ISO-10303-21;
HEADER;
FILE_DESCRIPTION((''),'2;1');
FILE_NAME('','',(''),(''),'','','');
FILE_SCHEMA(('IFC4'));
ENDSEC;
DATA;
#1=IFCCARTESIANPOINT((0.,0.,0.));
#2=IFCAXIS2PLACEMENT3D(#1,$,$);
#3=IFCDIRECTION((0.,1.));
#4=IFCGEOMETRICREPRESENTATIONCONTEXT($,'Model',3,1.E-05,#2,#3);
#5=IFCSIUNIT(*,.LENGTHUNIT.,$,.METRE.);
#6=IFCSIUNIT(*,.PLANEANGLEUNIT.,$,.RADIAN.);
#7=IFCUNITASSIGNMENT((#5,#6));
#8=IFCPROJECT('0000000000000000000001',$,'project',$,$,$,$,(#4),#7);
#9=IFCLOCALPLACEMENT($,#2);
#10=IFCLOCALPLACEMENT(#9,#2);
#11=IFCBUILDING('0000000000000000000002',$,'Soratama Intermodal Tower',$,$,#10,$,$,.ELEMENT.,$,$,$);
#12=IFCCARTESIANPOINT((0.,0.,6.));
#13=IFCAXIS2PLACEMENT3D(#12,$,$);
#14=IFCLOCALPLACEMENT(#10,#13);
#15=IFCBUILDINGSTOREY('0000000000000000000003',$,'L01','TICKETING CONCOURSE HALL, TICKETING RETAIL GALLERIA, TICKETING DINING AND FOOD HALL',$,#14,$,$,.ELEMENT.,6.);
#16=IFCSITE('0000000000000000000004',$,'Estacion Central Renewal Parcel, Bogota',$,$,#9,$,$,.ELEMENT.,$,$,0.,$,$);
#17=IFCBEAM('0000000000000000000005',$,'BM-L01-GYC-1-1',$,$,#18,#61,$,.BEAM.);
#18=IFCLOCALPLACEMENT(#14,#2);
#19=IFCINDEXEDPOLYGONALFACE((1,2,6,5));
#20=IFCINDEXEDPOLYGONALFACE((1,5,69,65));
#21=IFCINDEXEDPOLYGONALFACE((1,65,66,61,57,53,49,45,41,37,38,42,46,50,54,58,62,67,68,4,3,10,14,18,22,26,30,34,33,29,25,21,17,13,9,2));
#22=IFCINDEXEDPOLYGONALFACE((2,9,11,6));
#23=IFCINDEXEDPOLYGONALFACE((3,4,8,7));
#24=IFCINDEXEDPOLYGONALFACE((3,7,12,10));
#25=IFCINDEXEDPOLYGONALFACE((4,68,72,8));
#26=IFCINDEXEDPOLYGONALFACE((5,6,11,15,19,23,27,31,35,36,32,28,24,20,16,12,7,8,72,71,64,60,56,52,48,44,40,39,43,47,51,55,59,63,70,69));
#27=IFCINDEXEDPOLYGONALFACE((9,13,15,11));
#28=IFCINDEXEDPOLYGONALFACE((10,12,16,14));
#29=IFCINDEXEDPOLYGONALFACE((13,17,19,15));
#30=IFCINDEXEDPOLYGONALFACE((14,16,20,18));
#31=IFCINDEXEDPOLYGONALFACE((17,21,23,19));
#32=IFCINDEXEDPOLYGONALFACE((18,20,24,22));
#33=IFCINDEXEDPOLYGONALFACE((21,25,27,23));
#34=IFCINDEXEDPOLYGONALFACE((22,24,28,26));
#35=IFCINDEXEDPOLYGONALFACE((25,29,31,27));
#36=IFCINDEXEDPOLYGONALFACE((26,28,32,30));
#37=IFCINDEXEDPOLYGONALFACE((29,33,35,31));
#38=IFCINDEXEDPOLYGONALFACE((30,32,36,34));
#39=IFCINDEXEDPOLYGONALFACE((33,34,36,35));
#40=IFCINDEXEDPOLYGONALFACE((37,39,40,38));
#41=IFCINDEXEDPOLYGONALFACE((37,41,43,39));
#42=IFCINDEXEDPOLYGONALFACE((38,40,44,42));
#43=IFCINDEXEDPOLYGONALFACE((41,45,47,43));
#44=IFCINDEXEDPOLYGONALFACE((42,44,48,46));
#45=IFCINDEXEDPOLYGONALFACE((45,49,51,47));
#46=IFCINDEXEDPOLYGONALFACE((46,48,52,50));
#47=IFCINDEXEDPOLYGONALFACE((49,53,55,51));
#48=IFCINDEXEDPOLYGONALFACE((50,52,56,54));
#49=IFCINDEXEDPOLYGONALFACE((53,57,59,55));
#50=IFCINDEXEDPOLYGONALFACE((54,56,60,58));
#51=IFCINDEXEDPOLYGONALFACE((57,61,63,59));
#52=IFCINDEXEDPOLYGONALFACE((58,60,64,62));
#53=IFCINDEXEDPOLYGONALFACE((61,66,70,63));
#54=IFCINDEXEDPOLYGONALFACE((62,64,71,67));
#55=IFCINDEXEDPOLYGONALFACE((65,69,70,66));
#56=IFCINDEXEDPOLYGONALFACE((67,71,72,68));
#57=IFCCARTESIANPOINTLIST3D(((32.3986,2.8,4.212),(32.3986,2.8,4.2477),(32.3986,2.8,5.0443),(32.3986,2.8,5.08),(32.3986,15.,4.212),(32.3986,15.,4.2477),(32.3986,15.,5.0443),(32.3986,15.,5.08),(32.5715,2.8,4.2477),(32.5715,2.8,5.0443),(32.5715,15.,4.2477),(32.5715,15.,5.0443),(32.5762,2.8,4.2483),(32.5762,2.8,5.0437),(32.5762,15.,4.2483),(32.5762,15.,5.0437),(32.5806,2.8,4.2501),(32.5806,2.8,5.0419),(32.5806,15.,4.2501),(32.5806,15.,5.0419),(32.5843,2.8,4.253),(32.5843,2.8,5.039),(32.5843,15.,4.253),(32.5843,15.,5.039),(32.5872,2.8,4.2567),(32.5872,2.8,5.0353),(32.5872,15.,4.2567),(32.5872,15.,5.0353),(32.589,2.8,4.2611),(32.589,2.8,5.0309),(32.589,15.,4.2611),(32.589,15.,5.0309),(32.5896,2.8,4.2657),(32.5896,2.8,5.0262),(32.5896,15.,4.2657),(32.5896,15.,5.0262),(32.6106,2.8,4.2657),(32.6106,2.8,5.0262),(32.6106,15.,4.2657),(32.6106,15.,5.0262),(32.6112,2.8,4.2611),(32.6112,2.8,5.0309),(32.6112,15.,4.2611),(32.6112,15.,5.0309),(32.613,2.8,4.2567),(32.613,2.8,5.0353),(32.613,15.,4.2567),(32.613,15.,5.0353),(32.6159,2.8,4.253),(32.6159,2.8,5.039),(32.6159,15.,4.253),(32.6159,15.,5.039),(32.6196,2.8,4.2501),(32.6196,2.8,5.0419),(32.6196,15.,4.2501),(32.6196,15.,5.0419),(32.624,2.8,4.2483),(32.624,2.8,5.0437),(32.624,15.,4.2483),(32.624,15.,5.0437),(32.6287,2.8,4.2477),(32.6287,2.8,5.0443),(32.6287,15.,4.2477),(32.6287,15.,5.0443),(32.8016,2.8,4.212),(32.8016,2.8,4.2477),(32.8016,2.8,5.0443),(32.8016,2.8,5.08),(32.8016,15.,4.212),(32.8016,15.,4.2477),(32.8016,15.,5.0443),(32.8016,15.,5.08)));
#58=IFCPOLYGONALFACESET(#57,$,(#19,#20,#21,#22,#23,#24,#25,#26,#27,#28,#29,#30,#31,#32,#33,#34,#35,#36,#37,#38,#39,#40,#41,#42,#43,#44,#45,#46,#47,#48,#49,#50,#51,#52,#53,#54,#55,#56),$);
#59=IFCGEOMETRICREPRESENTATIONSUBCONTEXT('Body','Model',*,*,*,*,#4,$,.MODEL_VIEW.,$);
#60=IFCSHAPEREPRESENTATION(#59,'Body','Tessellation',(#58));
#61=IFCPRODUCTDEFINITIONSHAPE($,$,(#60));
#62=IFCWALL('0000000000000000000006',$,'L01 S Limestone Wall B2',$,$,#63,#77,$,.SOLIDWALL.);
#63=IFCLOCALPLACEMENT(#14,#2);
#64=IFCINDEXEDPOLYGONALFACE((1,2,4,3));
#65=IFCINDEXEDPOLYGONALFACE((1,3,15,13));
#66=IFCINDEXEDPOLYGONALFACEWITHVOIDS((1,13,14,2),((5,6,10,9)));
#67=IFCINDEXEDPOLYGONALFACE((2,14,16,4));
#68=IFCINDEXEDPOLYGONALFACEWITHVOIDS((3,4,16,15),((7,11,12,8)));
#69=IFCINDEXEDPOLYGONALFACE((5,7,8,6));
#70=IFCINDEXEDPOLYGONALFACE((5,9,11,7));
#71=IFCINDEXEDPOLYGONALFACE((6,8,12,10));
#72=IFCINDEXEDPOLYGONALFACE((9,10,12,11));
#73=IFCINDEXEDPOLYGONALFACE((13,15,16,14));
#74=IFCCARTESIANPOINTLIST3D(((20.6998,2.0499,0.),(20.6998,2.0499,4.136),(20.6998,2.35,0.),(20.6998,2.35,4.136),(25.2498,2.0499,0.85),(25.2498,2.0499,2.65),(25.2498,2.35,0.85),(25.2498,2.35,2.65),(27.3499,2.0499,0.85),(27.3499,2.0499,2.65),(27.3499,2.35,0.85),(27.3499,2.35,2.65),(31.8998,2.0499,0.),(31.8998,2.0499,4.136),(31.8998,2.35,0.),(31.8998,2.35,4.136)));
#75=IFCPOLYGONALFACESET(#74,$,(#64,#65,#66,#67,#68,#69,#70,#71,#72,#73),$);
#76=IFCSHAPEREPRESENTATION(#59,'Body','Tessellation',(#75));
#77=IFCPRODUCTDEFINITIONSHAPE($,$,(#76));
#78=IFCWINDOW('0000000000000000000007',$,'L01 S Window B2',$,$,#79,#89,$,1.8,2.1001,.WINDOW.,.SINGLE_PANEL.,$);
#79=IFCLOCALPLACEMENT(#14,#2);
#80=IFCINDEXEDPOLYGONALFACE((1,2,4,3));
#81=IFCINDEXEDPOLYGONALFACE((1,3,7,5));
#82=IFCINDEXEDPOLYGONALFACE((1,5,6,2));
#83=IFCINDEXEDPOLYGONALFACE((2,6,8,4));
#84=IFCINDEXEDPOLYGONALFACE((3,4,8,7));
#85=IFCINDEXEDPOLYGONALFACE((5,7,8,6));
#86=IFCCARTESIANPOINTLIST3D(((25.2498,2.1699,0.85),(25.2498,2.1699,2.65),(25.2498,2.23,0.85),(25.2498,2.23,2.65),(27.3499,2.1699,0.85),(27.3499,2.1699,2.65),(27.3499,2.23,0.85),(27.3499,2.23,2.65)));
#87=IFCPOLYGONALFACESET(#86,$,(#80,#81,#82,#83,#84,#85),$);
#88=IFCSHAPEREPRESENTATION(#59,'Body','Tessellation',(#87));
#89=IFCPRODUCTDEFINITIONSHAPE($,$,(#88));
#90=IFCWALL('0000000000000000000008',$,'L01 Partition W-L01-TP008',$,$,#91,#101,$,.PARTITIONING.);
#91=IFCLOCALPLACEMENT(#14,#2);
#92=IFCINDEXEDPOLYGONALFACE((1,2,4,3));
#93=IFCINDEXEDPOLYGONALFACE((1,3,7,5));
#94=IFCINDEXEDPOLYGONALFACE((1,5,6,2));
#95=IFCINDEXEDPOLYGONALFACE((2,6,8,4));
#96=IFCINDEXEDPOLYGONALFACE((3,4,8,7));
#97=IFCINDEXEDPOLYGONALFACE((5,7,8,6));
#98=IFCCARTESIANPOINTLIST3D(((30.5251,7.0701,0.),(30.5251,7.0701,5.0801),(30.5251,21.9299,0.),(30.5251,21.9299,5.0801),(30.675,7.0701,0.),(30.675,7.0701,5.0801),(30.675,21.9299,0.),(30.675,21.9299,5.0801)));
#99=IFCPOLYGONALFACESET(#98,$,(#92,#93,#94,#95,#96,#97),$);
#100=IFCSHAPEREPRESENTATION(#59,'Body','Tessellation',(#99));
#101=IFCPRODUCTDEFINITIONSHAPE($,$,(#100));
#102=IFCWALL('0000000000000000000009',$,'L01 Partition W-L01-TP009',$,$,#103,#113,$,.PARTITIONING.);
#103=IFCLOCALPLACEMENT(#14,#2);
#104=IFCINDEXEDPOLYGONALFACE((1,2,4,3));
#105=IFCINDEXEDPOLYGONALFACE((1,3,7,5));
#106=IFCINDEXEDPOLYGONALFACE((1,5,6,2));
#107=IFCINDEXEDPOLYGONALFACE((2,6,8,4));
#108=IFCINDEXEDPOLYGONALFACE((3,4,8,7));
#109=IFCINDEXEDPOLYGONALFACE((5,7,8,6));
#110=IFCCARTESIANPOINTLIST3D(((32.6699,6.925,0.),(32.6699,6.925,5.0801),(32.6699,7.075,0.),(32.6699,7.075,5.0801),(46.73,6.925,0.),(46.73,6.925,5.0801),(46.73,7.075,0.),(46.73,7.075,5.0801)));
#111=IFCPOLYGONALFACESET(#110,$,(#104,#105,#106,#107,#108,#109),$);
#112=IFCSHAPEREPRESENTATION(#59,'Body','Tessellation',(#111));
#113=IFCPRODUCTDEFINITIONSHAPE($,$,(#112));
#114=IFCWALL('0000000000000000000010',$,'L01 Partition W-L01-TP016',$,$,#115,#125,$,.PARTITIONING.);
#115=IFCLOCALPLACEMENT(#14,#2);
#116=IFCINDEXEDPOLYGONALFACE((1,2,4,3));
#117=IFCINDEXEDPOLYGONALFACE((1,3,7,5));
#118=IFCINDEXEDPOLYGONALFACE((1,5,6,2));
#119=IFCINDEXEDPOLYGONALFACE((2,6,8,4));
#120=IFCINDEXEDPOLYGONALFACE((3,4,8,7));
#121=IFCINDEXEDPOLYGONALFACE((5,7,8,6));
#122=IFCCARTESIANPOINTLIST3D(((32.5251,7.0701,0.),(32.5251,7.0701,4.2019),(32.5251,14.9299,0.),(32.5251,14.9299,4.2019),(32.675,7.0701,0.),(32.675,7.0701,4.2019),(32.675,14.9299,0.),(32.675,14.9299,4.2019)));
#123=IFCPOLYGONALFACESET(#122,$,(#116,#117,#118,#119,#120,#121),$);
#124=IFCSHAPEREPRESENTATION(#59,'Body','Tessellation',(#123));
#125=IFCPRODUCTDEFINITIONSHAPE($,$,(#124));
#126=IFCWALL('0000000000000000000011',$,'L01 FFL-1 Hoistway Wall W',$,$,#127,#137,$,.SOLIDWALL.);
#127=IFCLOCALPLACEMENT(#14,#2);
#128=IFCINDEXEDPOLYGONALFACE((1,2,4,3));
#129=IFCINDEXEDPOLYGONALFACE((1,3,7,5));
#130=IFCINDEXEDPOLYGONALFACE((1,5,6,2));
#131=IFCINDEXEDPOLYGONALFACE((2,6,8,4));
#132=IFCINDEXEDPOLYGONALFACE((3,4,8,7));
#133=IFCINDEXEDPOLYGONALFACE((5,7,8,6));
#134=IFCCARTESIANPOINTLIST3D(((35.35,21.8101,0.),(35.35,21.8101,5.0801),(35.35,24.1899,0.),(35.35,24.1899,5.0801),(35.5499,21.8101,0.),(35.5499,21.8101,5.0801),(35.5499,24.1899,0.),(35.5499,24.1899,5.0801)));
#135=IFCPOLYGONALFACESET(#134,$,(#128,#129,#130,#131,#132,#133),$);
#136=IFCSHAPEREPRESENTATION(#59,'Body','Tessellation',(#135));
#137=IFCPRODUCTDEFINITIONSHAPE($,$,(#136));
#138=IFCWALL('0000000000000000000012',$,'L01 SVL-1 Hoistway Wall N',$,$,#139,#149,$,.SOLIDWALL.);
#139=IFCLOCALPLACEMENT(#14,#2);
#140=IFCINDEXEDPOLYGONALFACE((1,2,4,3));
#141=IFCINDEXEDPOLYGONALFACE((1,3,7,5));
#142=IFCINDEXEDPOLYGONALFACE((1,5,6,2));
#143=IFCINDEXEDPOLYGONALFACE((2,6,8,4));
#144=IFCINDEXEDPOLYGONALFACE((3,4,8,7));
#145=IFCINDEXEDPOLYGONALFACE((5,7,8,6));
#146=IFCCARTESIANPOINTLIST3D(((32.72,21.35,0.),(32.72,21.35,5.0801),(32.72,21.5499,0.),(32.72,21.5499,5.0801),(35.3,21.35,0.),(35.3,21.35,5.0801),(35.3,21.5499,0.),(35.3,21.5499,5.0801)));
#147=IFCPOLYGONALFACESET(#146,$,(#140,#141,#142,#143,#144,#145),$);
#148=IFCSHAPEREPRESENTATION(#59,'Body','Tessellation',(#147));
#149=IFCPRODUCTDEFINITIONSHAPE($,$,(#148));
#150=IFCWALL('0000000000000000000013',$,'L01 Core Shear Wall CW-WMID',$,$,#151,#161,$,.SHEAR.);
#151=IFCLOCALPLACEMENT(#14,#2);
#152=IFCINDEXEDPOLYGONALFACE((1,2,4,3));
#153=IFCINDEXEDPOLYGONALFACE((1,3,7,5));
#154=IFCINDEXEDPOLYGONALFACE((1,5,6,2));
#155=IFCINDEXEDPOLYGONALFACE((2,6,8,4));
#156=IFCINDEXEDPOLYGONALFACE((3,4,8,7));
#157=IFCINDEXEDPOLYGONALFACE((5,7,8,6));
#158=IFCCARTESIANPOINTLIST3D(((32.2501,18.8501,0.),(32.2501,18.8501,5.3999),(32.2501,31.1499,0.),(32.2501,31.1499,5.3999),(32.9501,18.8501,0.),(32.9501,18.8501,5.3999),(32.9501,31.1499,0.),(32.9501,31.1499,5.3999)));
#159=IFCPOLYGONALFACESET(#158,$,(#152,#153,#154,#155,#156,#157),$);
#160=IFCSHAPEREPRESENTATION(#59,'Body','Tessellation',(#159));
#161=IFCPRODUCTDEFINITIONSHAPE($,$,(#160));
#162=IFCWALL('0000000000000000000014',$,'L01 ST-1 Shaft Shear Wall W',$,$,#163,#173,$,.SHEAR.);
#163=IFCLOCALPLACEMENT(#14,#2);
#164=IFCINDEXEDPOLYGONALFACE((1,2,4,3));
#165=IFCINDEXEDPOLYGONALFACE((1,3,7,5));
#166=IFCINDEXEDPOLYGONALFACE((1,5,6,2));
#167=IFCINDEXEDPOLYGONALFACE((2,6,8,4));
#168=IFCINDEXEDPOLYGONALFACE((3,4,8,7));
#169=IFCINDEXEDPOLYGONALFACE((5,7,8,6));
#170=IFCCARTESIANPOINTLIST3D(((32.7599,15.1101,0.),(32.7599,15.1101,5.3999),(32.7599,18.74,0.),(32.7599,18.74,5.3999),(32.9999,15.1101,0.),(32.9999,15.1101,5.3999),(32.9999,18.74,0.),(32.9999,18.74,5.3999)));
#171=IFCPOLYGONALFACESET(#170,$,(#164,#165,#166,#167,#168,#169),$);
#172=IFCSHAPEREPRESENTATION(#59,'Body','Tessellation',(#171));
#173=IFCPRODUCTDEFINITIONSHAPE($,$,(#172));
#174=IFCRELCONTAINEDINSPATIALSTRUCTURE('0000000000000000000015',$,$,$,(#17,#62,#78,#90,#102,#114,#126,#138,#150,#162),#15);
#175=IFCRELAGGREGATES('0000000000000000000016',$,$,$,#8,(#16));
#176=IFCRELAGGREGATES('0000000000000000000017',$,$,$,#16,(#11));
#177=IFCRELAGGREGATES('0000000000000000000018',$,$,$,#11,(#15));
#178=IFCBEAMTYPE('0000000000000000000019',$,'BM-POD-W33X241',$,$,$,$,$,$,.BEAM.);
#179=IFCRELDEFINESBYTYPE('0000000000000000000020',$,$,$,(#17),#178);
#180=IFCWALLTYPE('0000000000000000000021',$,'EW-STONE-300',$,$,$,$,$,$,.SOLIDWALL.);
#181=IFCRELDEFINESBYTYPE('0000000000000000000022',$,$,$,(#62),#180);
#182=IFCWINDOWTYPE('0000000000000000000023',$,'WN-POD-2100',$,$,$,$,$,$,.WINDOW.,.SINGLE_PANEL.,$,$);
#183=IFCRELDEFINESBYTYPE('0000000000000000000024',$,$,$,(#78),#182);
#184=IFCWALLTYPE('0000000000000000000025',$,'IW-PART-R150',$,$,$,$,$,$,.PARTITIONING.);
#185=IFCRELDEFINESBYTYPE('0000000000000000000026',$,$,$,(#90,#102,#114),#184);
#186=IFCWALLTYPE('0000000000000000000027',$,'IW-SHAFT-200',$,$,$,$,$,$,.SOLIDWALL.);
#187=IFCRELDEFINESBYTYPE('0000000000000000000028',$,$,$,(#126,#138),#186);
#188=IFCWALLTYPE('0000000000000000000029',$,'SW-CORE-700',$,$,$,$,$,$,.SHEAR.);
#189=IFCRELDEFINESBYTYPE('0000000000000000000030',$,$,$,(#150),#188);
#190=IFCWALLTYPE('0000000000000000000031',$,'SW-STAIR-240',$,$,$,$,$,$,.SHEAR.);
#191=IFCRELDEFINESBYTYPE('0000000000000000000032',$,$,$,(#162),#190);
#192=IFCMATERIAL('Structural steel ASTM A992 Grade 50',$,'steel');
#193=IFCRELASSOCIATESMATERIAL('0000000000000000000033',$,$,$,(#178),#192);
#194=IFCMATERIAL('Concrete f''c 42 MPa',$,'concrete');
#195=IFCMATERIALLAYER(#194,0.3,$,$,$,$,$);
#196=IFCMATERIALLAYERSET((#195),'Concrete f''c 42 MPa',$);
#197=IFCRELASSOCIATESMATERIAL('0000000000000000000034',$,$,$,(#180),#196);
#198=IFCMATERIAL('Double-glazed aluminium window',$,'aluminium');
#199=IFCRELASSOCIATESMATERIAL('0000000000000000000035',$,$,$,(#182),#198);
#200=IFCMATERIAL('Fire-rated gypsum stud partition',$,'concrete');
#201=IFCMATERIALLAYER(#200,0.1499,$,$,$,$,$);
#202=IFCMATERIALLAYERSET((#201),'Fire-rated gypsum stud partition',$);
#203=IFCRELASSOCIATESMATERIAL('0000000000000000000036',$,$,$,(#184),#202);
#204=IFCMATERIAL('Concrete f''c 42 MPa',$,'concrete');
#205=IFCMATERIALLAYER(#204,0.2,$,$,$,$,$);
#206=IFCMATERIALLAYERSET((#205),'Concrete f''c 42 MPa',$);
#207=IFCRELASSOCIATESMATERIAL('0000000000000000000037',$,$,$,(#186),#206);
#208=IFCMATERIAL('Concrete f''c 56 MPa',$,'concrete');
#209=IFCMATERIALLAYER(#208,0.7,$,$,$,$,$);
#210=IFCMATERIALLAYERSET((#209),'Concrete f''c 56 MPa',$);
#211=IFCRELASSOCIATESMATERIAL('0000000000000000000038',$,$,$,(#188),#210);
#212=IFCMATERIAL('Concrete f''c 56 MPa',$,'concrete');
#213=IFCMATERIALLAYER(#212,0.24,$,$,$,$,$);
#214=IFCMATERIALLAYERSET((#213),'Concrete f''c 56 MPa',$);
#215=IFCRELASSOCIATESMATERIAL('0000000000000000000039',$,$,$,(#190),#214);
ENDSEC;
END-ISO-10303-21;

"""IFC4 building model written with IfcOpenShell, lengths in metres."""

from ifc_helpers import new_model, si_unit, direction, frame, frame_2d, origin, origin_2d, place, context, subcontext, project, spatial, rectangle, i_section, extrude, material, layer, layer_set, material_profile, profile_set, type_object, element, fill, save


model = new_model("IFC4")

# Units and contexts
model_context = context("Model", 3, precision=1e-05, world=origin(), true_north=direction((0.0, 1.0)))
body_context = subcontext(model_context, "Body", "Model", "MODEL_VIEW")
ifc_project = project(units=[si_unit("LENGTHUNIT", "METRE"), si_unit("PLANEANGLEUNIT", "RADIAN")], contexts=[model_context])

# Site, building, storey
site_placement = place(None, origin())
site = spatial("IfcSite", under=ifc_project, at=site_placement, Name="Estacion Central Renewal Parcel, Bogota", CompositionType="ELEMENT", RefElevation=0.0)
building_placement = place(site_placement, origin())
building = spatial("IfcBuilding", under=site, at=building_placement, Name="Soratama Intermodal Tower", CompositionType="ELEMENT")
storey_placement = place(building_placement, frame((0.0, 0.0, 6.0)))
storey = spatial("IfcBuildingStorey", under=building, at=storey_placement, Name="L01", Description="TICKETING CONCOURSE HALL, TICKETING RETAIL GALLERIA, TICKETING DINING AND FOOD HALL", CompositionType="ELEMENT", Elevation=6.0)

# Beam
ifc_material_1 = material(Name="Structural steel ASTM A992 Grade 50", Category="steel")
ifc_material_profile_1 = material_profile(ifc_material_1, i_section(OverallWidth=0.4031, OverallDepth=0.8679, WebThickness=0.021, FlangeThickness=0.0356, FilletRadius=0.0181, at=origin_2d()), Name="W33X241")
ifc_profile_set_1 = profile_set([ifc_material_profile_1], Name="Structural steel ASTM A992 Grade 50")
beam_type_1 = type_object("IfcBeamType", Name="BM-POD-W33X241", PredefinedType="BEAM", material=ifc_profile_set_1)
beam_1_placement = place(storey_placement, frame((32.6001, 2.8, 4.646), z_axis=(0.0, 1.0, 0.0), x_axis=(-1.0, 0.0, 0.0)))
element("IfcBeam", 1, at=beam_1_placement, inside=storey, type_object=beam_type_1, Name="BM-L01-GYC-1-1", PredefinedType="BEAM", context=body_context, shape_type="SweptSolid", body=[
    extrude(i_section(OverallWidth=0.4031, OverallDepth=0.8679, WebThickness=0.021, FlangeThickness=0.0356, FilletRadius=0.0181, at=origin_2d()), origin(), (0.0, 0.0, 1.0), 12.2),
])

# Wall, opening, window
ifc_material_2 = material(Name="Concrete f'c 42 MPa", Category="concrete")
ifc_layer_1 = layer(ifc_material_2, 0.3)
ifc_layer_set_1 = layer_set([ifc_layer_1], Name="Concrete f'c 42 MPa")
wall_type_1 = type_object("IfcWallType", Name="EW-STONE-300", PredefinedType="SOLIDWALL", material=ifc_layer_set_1)
wall_1_placement = place(storey_placement, frame((31.8999, 2.2, 0.0), z_axis=(0.0, 0.0, 1.0), x_axis=(-1.0, 0.0, 0.0)))
wall_1 = element("IfcWall", 2, at=wall_1_placement, inside=storey, type_object=wall_type_1, Name="L01 S Limestone Wall B2", PredefinedType="SOLIDWALL", context=body_context, shape_type="SweptSolid", body=[
    extrude(rectangle(XDim=11.2, YDim=0.3, at=frame_2d((5.6001, 0.0))), origin(), (0.0, 0.0, 1.0), 4.136),
])
opening_1_placement = place(wall_1_placement, frame((4.55, 0.0, 0.8501)))
opening_1 = element("IfcOpeningElement", 3, at=opening_1_placement, cuts=wall_1, PredefinedType="OPENING", context=body_context, shape_type="SweptSolid", body=[
    extrude(rectangle(XDim=2.1001, YDim=1.8, at=frame_2d((1.05, 0.8999))), frame((0.0, 0.1599, 0.0), z_axis=(0.0, -1.0, 0.0), x_axis=(1.0, 0.0, 0.0)), (0.0, 0.0, 1.0), 0.3201),
])
ifc_material_3 = material(Name="Double-glazed aluminium window", Category="aluminium")
window_type = type_object("IfcWindowType", Name="WN-POD-2100", PartitioningType="SINGLE_PANEL", PredefinedType="WINDOW", material=ifc_material_3)
window_placement = place(opening_1_placement, origin())
window = element("IfcWindow", 4, at=window_placement, inside=storey, type_object=window_type, Name="L01 S Window B2", OverallHeight=1.8, OverallWidth=2.1001, PartitioningType="SINGLE_PANEL", PredefinedType="WINDOW", context=body_context, shape_type="SweptSolid", body=[
    extrude(rectangle(XDim=2.1001, YDim=1.8, at=frame_2d((1.05, 0.8999))), frame((0.0, 0.03, 0.0), z_axis=(0.0, -1.0, 0.0), x_axis=(1.0, 0.0, 0.0)), (0.0, 0.0, 1.0), 0.0601),
])
fill(opening_1, window)

# Walls
ifc_material_4 = material(Name="Fire-rated gypsum stud partition", Category="concrete")
ifc_layer_2 = layer(ifc_material_4, 0.1499)
ifc_layer_set_2 = layer_set([ifc_layer_2], Name="Fire-rated gypsum stud partition")
wall_type_2 = type_object("IfcWallType", Name="IW-PART-R150", PredefinedType="PARTITIONING", material=ifc_layer_set_2)
wall_2_placement = place(storey_placement, frame((30.6001, 7.0701, 0.0), z_axis=(0.0, 0.0, 1.0), x_axis=(0.0, 1.0, 0.0)))
element("IfcWall", 5, at=wall_2_placement, inside=storey, type_object=wall_type_2, Name="L01 Partition W-L01-TP008", PredefinedType="PARTITIONING", context=body_context, shape_type="SweptSolid", body=[
    extrude(rectangle(XDim=14.8599, YDim=0.1499, at=frame_2d((7.4299, 0.0))), origin(), (0.0, 0.0, 1.0), 5.0801),
])
wall_3_placement = place(storey_placement, frame((32.6699, 7.0, 0.0), z_axis=(0.0, 0.0, 1.0), x_axis=(1.0, 0.0, 0.0)))
element("IfcWall", 6, at=wall_3_placement, inside=storey, type_object=wall_type_2, Name="L01 Partition W-L01-TP009", PredefinedType="PARTITIONING", context=body_context, shape_type="SweptSolid", body=[
    extrude(rectangle(XDim=14.0601, YDim=0.1499, at=frame_2d((7.03, 0.0))), origin(), (0.0, 0.0, 1.0), 5.0801),
])
wall_4_placement = place(storey_placement, frame((32.6001, 14.9299, 0.0), z_axis=(0.0, 0.0, 1.0), x_axis=(0.0, -1.0, 0.0)))
element("IfcWall", 7, at=wall_4_placement, inside=storey, type_object=wall_type_2, Name="L01 Partition W-L01-TP016", PredefinedType="PARTITIONING", context=body_context, shape_type="SweptSolid", body=[
    extrude(rectangle(XDim=7.8599, YDim=0.1499, at=frame_2d((3.9299, 0.0))), origin(), (0.0, 0.0, 1.0), 4.2019),
])

# Shared definitions
ifc_material_5 = material(Name="Concrete f'c 42 MPa", Category="concrete")
ifc_layer_3 = layer(ifc_material_5, 0.2)
ifc_layer_set_3 = layer_set([ifc_layer_3], Name="Concrete f'c 42 MPa")
wall_type_3 = type_object("IfcWallType", Name="IW-SHAFT-200", PredefinedType="SOLIDWALL", material=ifc_layer_set_3)

# Walls
wall_5_placement = place(storey_placement, frame((35.45, 21.8101, 0.0), z_axis=(0.0, 0.0, 1.0), x_axis=(0.0, 1.0, 0.0)))
element("IfcWall", 8, at=wall_5_placement, inside=storey, type_object=wall_type_3, Name="L01 FFL-1 Hoistway Wall W", PredefinedType="SOLIDWALL", context=body_context, shape_type="SweptSolid", body=[
    extrude(rectangle(XDim=2.3799, YDim=0.2, at=frame_2d((1.1899, 0.0))), origin(), (0.0, 0.0, 1.0), 5.0801),
])
wall_6_placement = place(storey_placement, frame((32.72, 21.45, 0.0), z_axis=(0.0, 0.0, 1.0), x_axis=(1.0, 0.0, 0.0)))
element("IfcWall", 9, at=wall_6_placement, inside=storey, type_object=wall_type_3, Name="L01 SVL-1 Hoistway Wall N", PredefinedType="SOLIDWALL", context=body_context, shape_type="SweptSolid", body=[
    extrude(rectangle(XDim=2.5801, YDim=0.2, at=frame_2d((1.29, 0.0))), origin(), (0.0, 0.0, 1.0), 5.0801),
])

# Walls
ifc_material_6 = material(Name="Concrete f'c 56 MPa", Category="concrete")
ifc_layer_4 = layer(ifc_material_6, 0.7)
ifc_layer_set_4 = layer_set([ifc_layer_4], Name="Concrete f'c 56 MPa")
wall_type_4 = type_object("IfcWallType", Name="SW-CORE-700", PredefinedType="SHEAR", material=ifc_layer_set_4)
wall_7_placement = place(storey_placement, frame((32.6001, 18.8501, 0.0), z_axis=(0.0, 0.0, 1.0), x_axis=(0.0, 1.0, 0.0)))
element("IfcWall", 10, at=wall_7_placement, inside=storey, type_object=wall_type_4, Name="L01 Core Shear Wall CW-WMID", PredefinedType="SHEAR", context=body_context, shape_type="SweptSolid", body=[
    extrude(rectangle(XDim=12.2998, YDim=0.7, at=frame_2d((6.1499, 0.0))), origin(), (0.0, 0.0, 1.0), 5.3999),
])
ifc_material_7 = material(Name="Concrete f'c 56 MPa", Category="concrete")
ifc_layer_5 = layer(ifc_material_7, 0.24)
ifc_layer_set_5 = layer_set([ifc_layer_5], Name="Concrete f'c 56 MPa")
wall_type_5 = type_object("IfcWallType", Name="SW-STAIR-240", PredefinedType="SHEAR", material=ifc_layer_set_5)
wall_8_placement = place(storey_placement, frame((32.8799, 15.1101, 0.0), z_axis=(0.0, 0.0, 1.0), x_axis=(0.0, 1.0, 0.0)))
element("IfcWall", 11, at=wall_8_placement, inside=storey, type_object=wall_type_5, Name="L01 ST-1 Shaft Shear Wall W", PredefinedType="SHEAR", context=body_context, shape_type="SweptSolid", body=[
    extrude(rectangle(XDim=3.6299, YDim=0.24, at=frame_2d((1.8149, 0.0))), origin(), (0.0, 0.0, 1.0), 5.3999),
])

save(model, "model.ifc")
